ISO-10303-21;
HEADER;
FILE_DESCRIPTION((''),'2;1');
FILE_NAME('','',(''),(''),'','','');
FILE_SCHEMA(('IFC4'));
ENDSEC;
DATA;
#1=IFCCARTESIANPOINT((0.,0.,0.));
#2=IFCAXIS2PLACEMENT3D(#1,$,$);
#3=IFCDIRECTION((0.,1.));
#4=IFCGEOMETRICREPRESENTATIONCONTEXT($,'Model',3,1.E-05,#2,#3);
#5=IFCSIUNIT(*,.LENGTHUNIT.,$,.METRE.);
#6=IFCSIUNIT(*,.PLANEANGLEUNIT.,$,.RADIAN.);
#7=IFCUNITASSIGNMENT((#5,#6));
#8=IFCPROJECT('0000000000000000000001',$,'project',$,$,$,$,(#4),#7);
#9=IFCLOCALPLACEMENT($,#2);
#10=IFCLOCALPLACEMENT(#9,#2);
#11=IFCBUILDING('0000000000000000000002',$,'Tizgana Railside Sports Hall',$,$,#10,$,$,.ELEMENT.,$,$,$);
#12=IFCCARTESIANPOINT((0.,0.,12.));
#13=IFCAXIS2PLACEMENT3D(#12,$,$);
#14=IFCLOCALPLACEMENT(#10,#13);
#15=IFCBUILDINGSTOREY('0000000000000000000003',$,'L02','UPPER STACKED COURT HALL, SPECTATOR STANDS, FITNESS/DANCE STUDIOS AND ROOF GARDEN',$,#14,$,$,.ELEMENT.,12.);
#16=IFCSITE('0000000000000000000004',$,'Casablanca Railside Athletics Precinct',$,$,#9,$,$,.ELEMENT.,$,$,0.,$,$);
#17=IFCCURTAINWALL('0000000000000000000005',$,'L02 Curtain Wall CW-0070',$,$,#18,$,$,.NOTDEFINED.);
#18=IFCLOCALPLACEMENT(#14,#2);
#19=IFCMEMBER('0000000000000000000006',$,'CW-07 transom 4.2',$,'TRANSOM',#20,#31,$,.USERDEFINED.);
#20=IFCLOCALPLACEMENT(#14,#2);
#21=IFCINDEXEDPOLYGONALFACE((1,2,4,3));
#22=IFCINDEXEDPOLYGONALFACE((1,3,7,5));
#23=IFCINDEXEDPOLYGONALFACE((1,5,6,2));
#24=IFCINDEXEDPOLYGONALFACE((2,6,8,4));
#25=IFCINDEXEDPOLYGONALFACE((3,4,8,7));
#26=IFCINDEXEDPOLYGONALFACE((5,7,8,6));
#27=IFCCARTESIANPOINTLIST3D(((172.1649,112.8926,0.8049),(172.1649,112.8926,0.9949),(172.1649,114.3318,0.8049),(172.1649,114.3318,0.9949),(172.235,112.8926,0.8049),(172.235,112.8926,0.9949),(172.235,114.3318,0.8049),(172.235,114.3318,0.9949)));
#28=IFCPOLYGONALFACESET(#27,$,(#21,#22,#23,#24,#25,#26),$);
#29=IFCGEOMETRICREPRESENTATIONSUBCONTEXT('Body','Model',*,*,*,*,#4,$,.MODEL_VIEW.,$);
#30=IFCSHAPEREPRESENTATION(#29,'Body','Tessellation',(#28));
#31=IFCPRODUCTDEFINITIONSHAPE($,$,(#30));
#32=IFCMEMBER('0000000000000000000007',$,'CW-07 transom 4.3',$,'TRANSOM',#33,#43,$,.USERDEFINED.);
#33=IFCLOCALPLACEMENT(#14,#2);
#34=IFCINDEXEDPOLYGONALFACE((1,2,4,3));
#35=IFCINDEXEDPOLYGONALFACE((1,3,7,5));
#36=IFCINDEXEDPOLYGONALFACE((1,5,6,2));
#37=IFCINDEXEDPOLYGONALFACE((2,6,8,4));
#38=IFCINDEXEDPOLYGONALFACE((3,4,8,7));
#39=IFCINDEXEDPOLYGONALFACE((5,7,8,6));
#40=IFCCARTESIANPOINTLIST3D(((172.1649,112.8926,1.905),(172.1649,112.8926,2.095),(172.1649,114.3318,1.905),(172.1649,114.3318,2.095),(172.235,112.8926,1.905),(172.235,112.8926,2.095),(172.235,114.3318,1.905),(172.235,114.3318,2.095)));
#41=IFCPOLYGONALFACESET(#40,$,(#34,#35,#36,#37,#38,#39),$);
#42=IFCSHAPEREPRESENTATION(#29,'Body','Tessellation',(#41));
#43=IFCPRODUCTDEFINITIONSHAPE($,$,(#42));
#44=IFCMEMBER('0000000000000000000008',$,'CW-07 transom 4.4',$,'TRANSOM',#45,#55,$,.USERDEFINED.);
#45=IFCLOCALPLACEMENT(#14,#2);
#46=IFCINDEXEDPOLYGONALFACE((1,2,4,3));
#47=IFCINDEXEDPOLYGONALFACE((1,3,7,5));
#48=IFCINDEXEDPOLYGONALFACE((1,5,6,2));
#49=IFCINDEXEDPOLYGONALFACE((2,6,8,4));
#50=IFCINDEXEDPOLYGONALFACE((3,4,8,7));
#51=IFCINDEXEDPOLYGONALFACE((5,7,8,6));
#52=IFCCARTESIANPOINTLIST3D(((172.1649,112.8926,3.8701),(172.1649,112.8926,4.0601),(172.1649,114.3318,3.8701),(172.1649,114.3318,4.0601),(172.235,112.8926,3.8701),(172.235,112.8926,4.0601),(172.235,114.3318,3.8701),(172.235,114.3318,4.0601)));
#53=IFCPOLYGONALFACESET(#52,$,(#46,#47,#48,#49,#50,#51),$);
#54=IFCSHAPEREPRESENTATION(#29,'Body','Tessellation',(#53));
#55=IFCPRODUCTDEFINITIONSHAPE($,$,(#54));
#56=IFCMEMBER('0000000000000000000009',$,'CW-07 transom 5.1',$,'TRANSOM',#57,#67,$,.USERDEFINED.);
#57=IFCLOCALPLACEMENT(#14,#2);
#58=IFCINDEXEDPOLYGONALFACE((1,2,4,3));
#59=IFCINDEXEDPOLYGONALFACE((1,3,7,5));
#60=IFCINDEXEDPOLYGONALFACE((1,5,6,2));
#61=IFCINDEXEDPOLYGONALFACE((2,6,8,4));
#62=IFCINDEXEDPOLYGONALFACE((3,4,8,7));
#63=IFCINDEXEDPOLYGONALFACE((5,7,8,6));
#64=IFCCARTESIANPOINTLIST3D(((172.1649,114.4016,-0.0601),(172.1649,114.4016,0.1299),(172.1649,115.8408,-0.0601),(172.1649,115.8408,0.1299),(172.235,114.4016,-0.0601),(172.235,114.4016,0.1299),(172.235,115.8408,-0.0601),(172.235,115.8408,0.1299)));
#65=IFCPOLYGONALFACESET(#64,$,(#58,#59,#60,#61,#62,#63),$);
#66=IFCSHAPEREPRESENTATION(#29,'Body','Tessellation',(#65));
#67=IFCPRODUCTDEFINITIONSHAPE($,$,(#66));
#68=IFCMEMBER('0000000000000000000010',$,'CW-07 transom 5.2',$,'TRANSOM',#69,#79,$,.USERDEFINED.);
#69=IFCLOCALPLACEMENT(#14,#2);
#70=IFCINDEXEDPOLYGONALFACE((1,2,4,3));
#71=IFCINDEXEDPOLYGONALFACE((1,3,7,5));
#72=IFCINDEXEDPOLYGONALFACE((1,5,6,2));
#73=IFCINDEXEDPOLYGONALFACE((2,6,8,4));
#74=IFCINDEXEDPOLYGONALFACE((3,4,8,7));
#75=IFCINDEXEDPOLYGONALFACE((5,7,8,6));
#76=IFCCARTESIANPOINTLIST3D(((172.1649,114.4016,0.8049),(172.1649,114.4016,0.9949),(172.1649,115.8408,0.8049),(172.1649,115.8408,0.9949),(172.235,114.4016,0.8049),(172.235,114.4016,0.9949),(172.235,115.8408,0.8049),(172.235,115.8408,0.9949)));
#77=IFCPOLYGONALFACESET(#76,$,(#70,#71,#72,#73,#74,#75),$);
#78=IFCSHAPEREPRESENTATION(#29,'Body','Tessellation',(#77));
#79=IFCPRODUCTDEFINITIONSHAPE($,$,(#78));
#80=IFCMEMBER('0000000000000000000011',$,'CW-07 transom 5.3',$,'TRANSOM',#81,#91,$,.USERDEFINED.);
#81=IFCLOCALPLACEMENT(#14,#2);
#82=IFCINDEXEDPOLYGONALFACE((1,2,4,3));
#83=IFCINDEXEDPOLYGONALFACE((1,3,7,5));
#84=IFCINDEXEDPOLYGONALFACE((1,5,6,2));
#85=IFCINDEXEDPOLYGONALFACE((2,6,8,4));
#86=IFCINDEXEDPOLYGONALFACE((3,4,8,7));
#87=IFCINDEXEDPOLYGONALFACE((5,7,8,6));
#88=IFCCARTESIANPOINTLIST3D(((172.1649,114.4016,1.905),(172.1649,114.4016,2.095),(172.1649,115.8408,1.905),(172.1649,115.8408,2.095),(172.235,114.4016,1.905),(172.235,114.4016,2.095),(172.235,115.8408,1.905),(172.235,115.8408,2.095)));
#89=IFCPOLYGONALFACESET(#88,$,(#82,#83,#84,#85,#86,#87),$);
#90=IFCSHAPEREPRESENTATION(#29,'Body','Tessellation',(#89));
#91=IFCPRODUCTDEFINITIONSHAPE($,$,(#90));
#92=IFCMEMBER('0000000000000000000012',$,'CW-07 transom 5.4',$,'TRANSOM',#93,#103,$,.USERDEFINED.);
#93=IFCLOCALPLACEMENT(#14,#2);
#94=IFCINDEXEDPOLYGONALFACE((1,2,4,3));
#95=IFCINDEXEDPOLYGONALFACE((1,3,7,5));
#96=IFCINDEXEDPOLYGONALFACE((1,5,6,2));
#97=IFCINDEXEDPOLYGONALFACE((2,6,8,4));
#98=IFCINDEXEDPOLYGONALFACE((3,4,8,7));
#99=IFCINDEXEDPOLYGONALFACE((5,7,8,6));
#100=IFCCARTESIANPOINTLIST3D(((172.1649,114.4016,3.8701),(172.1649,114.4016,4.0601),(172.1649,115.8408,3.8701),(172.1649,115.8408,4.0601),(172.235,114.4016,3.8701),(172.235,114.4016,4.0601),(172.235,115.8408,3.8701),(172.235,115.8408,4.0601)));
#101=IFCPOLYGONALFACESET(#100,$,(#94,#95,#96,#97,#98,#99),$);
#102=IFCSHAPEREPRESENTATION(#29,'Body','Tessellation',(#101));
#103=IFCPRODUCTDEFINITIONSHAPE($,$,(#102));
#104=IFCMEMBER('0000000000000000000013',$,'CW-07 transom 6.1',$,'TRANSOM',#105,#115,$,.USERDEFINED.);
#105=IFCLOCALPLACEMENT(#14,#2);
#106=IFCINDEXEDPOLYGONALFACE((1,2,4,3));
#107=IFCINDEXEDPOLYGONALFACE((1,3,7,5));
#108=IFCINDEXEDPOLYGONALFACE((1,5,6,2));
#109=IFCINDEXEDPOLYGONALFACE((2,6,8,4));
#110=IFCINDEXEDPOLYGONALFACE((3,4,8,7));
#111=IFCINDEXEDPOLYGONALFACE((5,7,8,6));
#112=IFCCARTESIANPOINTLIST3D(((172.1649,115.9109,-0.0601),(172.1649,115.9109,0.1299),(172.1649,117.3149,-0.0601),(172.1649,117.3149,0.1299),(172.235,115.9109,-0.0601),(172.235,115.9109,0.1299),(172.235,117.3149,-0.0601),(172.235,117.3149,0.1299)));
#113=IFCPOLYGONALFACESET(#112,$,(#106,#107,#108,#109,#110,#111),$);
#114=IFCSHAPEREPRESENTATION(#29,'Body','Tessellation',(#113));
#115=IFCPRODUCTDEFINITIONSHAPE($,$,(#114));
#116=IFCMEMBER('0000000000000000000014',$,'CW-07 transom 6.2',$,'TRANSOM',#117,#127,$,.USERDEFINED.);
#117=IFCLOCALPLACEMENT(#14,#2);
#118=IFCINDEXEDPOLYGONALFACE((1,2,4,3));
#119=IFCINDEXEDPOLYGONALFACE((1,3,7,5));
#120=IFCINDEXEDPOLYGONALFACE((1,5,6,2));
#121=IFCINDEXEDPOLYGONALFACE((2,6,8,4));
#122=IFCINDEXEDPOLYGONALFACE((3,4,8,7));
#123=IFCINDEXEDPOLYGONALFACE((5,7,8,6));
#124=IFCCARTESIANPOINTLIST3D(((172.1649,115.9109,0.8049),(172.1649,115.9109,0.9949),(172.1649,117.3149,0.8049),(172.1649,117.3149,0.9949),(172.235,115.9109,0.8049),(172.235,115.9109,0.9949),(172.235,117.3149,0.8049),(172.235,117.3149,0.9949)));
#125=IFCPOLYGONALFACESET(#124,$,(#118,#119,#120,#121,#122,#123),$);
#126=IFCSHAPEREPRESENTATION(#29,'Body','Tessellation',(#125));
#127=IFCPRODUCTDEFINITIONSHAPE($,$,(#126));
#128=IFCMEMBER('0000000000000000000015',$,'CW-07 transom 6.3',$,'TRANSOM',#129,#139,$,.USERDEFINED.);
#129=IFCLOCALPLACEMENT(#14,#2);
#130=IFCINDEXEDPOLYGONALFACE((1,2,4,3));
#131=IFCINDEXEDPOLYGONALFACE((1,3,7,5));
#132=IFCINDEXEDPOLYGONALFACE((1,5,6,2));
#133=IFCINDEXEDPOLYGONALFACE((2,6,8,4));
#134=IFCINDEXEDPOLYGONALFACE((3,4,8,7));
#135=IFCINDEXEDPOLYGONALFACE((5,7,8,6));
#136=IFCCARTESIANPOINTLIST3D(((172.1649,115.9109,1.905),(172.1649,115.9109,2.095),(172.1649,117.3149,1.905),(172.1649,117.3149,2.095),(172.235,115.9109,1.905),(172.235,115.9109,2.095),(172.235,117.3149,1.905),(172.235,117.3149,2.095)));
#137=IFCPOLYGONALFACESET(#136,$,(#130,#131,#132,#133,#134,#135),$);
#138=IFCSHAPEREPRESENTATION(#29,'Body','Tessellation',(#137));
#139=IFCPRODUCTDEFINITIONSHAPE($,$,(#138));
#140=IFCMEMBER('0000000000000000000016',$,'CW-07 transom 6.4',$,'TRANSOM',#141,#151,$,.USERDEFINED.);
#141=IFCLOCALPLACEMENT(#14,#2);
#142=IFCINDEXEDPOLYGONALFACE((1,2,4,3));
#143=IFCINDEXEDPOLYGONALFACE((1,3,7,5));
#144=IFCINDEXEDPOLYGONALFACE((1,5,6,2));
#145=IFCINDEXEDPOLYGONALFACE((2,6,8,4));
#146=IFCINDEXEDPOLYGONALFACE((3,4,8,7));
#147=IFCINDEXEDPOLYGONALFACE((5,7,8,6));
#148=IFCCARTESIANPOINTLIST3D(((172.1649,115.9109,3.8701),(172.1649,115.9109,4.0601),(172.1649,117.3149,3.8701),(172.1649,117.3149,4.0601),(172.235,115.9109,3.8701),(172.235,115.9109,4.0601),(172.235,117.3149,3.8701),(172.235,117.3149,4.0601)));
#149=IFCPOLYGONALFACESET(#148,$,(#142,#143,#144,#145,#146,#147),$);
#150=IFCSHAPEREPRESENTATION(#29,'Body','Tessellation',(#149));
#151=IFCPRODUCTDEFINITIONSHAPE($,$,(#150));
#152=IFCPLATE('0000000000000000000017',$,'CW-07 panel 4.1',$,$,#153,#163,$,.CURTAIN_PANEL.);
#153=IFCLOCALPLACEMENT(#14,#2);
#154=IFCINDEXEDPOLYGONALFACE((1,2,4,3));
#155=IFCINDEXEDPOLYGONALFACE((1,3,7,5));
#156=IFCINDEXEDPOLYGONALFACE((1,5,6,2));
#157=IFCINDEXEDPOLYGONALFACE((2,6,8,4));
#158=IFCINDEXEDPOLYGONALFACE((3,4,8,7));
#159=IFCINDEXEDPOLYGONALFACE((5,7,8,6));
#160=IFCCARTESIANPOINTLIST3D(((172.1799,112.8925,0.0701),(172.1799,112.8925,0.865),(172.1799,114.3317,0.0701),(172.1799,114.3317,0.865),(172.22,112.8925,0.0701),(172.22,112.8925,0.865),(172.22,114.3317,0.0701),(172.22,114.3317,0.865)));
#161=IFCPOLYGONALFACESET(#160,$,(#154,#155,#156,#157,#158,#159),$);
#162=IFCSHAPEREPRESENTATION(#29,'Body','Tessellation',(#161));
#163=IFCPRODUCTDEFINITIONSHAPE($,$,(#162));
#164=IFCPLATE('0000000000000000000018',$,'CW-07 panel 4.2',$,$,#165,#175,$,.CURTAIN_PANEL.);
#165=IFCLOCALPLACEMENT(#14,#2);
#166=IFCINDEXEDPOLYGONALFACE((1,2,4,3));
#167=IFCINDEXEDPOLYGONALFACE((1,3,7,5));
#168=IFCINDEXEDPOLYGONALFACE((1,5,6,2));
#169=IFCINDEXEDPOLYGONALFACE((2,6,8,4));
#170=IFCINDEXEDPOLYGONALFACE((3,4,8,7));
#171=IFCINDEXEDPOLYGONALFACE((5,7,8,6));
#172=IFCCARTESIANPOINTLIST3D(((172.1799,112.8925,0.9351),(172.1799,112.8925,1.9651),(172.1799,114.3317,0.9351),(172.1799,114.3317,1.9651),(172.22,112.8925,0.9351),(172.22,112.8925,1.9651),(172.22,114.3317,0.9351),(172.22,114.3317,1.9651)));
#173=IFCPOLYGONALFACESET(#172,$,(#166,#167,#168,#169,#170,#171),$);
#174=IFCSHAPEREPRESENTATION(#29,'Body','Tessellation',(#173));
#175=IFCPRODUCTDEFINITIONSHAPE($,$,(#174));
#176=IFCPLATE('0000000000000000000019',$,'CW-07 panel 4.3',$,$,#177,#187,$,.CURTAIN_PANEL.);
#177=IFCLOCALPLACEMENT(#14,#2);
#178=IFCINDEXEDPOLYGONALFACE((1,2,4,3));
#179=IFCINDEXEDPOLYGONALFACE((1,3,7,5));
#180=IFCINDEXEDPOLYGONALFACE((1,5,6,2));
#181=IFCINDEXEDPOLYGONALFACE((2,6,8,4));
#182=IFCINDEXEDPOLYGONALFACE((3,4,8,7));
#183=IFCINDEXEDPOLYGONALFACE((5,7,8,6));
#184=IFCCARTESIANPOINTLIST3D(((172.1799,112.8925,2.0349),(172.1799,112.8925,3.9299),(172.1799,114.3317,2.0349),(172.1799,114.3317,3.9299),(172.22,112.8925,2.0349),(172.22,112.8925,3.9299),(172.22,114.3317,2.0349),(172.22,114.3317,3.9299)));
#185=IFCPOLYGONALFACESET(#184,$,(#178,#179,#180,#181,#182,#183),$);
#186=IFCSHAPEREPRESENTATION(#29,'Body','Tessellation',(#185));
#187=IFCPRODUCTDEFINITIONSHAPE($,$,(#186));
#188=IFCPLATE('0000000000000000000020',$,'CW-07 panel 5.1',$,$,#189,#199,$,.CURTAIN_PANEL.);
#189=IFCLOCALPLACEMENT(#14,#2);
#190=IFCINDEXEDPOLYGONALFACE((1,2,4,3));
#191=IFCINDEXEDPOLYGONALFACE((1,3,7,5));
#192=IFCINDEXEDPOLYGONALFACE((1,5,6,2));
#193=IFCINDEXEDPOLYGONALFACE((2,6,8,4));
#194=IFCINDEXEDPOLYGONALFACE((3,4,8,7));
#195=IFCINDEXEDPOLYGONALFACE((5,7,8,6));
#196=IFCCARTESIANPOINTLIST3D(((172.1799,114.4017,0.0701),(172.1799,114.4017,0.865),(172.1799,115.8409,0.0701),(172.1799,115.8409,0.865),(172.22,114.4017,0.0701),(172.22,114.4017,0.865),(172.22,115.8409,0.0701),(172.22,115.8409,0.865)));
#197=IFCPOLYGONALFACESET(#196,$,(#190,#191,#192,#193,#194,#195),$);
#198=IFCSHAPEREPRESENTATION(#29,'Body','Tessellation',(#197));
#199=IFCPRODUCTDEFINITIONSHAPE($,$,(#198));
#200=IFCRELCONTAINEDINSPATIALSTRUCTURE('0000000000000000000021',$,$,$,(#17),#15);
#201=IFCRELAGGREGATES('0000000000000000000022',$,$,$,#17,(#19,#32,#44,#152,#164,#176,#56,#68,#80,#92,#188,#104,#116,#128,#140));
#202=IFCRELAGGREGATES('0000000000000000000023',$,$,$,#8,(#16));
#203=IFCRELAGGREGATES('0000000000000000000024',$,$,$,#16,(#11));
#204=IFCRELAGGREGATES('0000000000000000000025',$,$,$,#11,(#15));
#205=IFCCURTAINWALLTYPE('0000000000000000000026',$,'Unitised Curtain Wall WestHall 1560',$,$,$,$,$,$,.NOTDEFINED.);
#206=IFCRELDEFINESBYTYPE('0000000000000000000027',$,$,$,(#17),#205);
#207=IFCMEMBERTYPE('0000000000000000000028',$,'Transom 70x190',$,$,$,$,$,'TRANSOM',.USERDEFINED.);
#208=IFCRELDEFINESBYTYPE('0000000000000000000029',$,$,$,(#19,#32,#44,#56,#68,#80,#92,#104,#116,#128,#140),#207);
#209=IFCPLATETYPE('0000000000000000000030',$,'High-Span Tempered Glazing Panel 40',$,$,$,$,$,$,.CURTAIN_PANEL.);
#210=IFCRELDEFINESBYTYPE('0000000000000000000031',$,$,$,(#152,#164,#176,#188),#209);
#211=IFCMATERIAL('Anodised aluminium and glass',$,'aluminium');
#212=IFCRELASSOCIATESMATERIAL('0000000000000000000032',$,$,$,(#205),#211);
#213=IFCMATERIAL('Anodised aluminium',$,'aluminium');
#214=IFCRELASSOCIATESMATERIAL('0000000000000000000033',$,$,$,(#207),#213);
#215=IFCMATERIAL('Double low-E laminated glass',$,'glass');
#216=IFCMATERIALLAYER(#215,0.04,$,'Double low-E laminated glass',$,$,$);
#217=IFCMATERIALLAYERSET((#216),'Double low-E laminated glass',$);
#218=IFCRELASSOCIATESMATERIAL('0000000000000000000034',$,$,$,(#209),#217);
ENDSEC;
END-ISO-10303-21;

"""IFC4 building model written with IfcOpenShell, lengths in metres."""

from ifc_helpers import new_model, si_unit, direction, frame, origin, origin_2d, place, context, subcontext, project, spatial, rectangle, extrude, material, layer, layer_set, material_profile, profile_set, type_object, element, aggregate, save


model = new_model("IFC4")

# Units and contexts
model_context = context("Model", 3, precision=1e-05, world=origin(), true_north=direction((0.0, 1.0)))
body_context = subcontext(model_context, "Body", "Model", "MODEL_VIEW")
ifc_project = project(units=[si_unit("LENGTHUNIT", "METRE"), si_unit("PLANEANGLEUNIT", "RADIAN")], contexts=[model_context])

# Site, building, storey
site_placement = place(None, origin())
site = spatial("IfcSite", under=ifc_project, at=site_placement, Name="Casablanca Railside Athletics Precinct", CompositionType="ELEMENT", RefElevation=0.0)
building_placement = place(site_placement, origin())
building = spatial("IfcBuilding", under=site, at=building_placement, Name="Tizgana Railside Sports Hall", CompositionType="ELEMENT")
storey_placement = place(building_placement, frame((0.0, 0.0, 12.0)))
storey = spatial("IfcBuildingStorey", under=building, at=storey_placement, Name="L02", Description="UPPER STACKED COURT HALL, SPECTATOR STANDS, FITNESS/DANCE STUDIOS AND ROOF GARDEN", CompositionType="ELEMENT", Elevation=12.0)

# Curtain wall
ifc_material_1 = material(Name="Anodised aluminium and glass", Category="aluminium")
ifc_material_2 = material(Name="Anodised aluminium", Category="aluminium")
curtain_wall_type_1 = type_object("IfcCurtainWallType", Name="Unitised Curtain Wall WestHall 1560", PredefinedType="NOTDEFINED", material=ifc_material_1)
curtain_wall_1_placement = place(storey_placement, origin())
curtain_wall_1 = element("IfcCurtainWall", 1, at=curtain_wall_1_placement, inside=storey, type_object=curtain_wall_type_1, Name="L02 Curtain Wall CW-0070", PredefinedType="NOTDEFINED")

# Members
ifc_material_profile_1 = material_profile(ifc_material_2, rectangle(XDim=0.0701, YDim=0.1899, at=origin_2d()), Name="Transom 70x190")
ifc_profile_set_1 = profile_set([ifc_material_profile_1], Name="Anodised aluminium")
member_type_1 = type_object("IfcMemberType", Name="Transom 70x190", ElementType="TRANSOM", PredefinedType="USERDEFINED", material=ifc_profile_set_1)
member_1_placement = place(storey_placement, frame((172.2, 112.8926, 0.8999), z_axis=(0.0, 1.0, 0.0), x_axis=(-1.0, 0.0, 0.0)))
member_1 = element("IfcMember", 2, at=member_1_placement, type_object=member_type_1, Name="CW-07 transom 4.2", ObjectType="TRANSOM", PredefinedType="USERDEFINED", context=body_context, shape_type="SweptSolid", body=[
    extrude(rectangle(XDim=0.0701, YDim=0.1899, at=origin_2d()), origin(), (0.0, 0.0, 1.0), 1.4392),
])
member_2_placement = place(storey_placement, frame((172.2, 112.8926, 2.0), z_axis=(0.0, 1.0, 0.0), x_axis=(-1.0, 0.0, 0.0)))
member_2 = element("IfcMember", 3, at=member_2_placement, type_object=member_type_1, Name="CW-07 transom 4.3", ObjectType="TRANSOM", PredefinedType="USERDEFINED", context=body_context, shape_type="SweptSolid", body=[
    extrude(rectangle(XDim=0.0701, YDim=0.1899, at=origin_2d()), origin(), (0.0, 0.0, 1.0), 1.4392),
])
member_3_placement = place(storey_placement, frame((172.2, 112.8926, 3.9651), z_axis=(0.0, 1.0, 0.0), x_axis=(-1.0, 0.0, 0.0)))
member_3 = element("IfcMember", 4, at=member_3_placement, type_object=member_type_1, Name="CW-07 transom 4.4", ObjectType="TRANSOM", PredefinedType="USERDEFINED", context=body_context, shape_type="SweptSolid", body=[
    extrude(rectangle(XDim=0.0701, YDim=0.1899, at=origin_2d()), origin(), (0.0, 0.0, 1.0), 1.4392),
])
member_4_placement = place(storey_placement, frame((172.2, 114.4016, 0.0349), z_axis=(0.0, 1.0, 0.0), x_axis=(-1.0, 0.0, 0.0)))
member_4 = element("IfcMember", 5, at=member_4_placement, type_object=member_type_1, Name="CW-07 transom 5.1", ObjectType="TRANSOM", PredefinedType="USERDEFINED", context=body_context, shape_type="SweptSolid", body=[
    extrude(rectangle(XDim=0.0701, YDim=0.1899, at=origin_2d()), origin(), (0.0, 0.0, 1.0), 1.4392),
])
member_5_placement = place(storey_placement, frame((172.2, 114.4016, 0.8999), z_axis=(0.0, 1.0, 0.0), x_axis=(-1.0, 0.0, 0.0)))
member_5 = element("IfcMember", 6, at=member_5_placement, type_object=member_type_1, Name="CW-07 transom 5.2", ObjectType="TRANSOM", PredefinedType="USERDEFINED", context=body_context, shape_type="SweptSolid", body=[
    extrude(rectangle(XDim=0.0701, YDim=0.1899, at=origin_2d()), origin(), (0.0, 0.0, 1.0), 1.4392),
])
member_6_placement = place(storey_placement, frame((172.2, 114.4016, 2.0), z_axis=(0.0, 1.0, 0.0), x_axis=(-1.0, 0.0, 0.0)))
member_6 = element("IfcMember", 7, at=member_6_placement, type_object=member_type_1, Name="CW-07 transom 5.3", ObjectType="TRANSOM", PredefinedType="USERDEFINED", context=body_context, shape_type="SweptSolid", body=[
    extrude(rectangle(XDim=0.0701, YDim=0.1899, at=origin_2d()), origin(), (0.0, 0.0, 1.0), 1.4392),
])
member_7_placement = place(storey_placement, frame((172.2, 114.4016, 3.9651), z_axis=(0.0, 1.0, 0.0), x_axis=(-1.0, 0.0, 0.0)))
member_7 = element("IfcMember", 8, at=member_7_placement, type_object=member_type_1, Name="CW-07 transom 5.4", ObjectType="TRANSOM", PredefinedType="USERDEFINED", context=body_context, shape_type="SweptSolid", body=[
    extrude(rectangle(XDim=0.0701, YDim=0.1899, at=origin_2d()), origin(), (0.0, 0.0, 1.0), 1.4392),
])
member_8_placement = place(storey_placement, frame((172.2, 115.9109, 0.0349), z_axis=(0.0, 1.0, 0.0), x_axis=(-1.0, 0.0, 0.0)))
member_8 = element("IfcMember", 9, at=member_8_placement, type_object=member_type_1, Name="CW-07 transom 6.1", ObjectType="TRANSOM", PredefinedType="USERDEFINED", context=body_context, shape_type="SweptSolid", body=[
    extrude(rectangle(XDim=0.0701, YDim=0.1899, at=origin_2d()), origin(), (0.0, 0.0, 1.0), 1.4041),
])
member_9_placement = place(storey_placement, frame((172.2, 115.9109, 0.8999), z_axis=(0.0, 1.0, 0.0), x_axis=(-1.0, 0.0, 0.0)))
member_9 = element("IfcMember", 10, at=member_9_placement, type_object=member_type_1, Name="CW-07 transom 6.2", ObjectType="TRANSOM", PredefinedType="USERDEFINED", context=body_context, shape_type="SweptSolid", body=[
    extrude(rectangle(XDim=0.0701, YDim=0.1899, at=origin_2d()), origin(), (0.0, 0.0, 1.0), 1.4041),
])
member_10_placement = place(storey_placement, frame((172.2, 115.9109, 2.0), z_axis=(0.0, 1.0, 0.0), x_axis=(-1.0, 0.0, 0.0)))
member_10 = element("IfcMember", 11, at=member_10_placement, type_object=member_type_1, Name="CW-07 transom 6.3", ObjectType="TRANSOM", PredefinedType="USERDEFINED", context=body_context, shape_type="SweptSolid", body=[
    extrude(rectangle(XDim=0.0701, YDim=0.1899, at=origin_2d()), origin(), (0.0, 0.0, 1.0), 1.4041),
])
member_11_placement = place(storey_placement, frame((172.2, 115.9109, 3.9651), z_axis=(0.0, 1.0, 0.0), x_axis=(-1.0, 0.0, 0.0)))
member_11 = element("IfcMember", 12, at=member_11_placement, type_object=member_type_1, Name="CW-07 transom 6.4", ObjectType="TRANSOM", PredefinedType="USERDEFINED", context=body_context, shape_type="SweptSolid", body=[
    extrude(rectangle(XDim=0.0701, YDim=0.1899, at=origin_2d()), origin(), (0.0, 0.0, 1.0), 1.4041),
])

# Plates
ifc_material_3 = material(Name="Double low-E laminated glass", Category="glass")
ifc_layer_1 = layer(ifc_material_3, 0.04, Name="Double low-E laminated glass")
ifc_layer_set_1 = layer_set([ifc_layer_1], Name="Double low-E laminated glass")
plate_type_1 = type_object("IfcPlateType", Name="High-Span Tempered Glazing Panel 40", PredefinedType="CURTAIN_PANEL", material=ifc_layer_set_1)
plate_1_placement = place(storey_placement, frame((172.2, 113.6121, 0.0701), z_axis=(0.0, 0.0, 1.0), x_axis=(0.0, 1.0, 0.0)))
plate_1 = element("IfcPlate", 13, at=plate_1_placement, type_object=plate_type_1, Name="CW-07 panel 4.1", PredefinedType="CURTAIN_PANEL", context=body_context, shape_type="SweptSolid", body=[
    extrude(rectangle(XDim=1.4392, YDim=0.04, at=origin_2d()), origin(), (0.0, 0.0, 1.0), 0.7949),
])
plate_2_placement = place(storey_placement, frame((172.2, 113.6121, 0.9351), z_axis=(0.0, 0.0, 1.0), x_axis=(0.0, 1.0, 0.0)))
plate_2 = element("IfcPlate", 14, at=plate_2_placement, type_object=plate_type_1, Name="CW-07 panel 4.2", PredefinedType="CURTAIN_PANEL", context=body_context, shape_type="SweptSolid", body=[
    extrude(rectangle(XDim=1.4392, YDim=0.04, at=origin_2d()), origin(), (0.0, 0.0, 1.0), 1.03),
])
plate_3_placement = place(storey_placement, frame((172.2, 113.6121, 2.0349), z_axis=(0.0, 0.0, 1.0), x_axis=(0.0, 1.0, 0.0)))
plate_3 = element("IfcPlate", 15, at=plate_3_placement, type_object=plate_type_1, Name="CW-07 panel 4.3", PredefinedType="CURTAIN_PANEL", context=body_context, shape_type="SweptSolid", body=[
    extrude(rectangle(XDim=1.4392, YDim=0.04, at=origin_2d()), origin(), (0.0, 0.0, 1.0), 1.895),
])
plate_4_placement = place(storey_placement, frame((172.2, 115.1213, 0.0701), z_axis=(0.0, 0.0, 1.0), x_axis=(0.0, 1.0, 0.0)))
plate_4 = element("IfcPlate", 16, at=plate_4_placement, type_object=plate_type_1, Name="CW-07 panel 5.1", PredefinedType="CURTAIN_PANEL", context=body_context, shape_type="SweptSolid", body=[
    extrude(rectangle(XDim=1.4392, YDim=0.04, at=origin_2d()), origin(), (0.0, 0.0, 1.0), 0.7949),
])
aggregate(curtain_wall_1, [member_1, member_2, member_3, plate_1, plate_2, plate_3, member_4, member_5, member_6, member_7, plate_4, member_8, member_9, member_10, member_11])

save(model, "model.ifc")
